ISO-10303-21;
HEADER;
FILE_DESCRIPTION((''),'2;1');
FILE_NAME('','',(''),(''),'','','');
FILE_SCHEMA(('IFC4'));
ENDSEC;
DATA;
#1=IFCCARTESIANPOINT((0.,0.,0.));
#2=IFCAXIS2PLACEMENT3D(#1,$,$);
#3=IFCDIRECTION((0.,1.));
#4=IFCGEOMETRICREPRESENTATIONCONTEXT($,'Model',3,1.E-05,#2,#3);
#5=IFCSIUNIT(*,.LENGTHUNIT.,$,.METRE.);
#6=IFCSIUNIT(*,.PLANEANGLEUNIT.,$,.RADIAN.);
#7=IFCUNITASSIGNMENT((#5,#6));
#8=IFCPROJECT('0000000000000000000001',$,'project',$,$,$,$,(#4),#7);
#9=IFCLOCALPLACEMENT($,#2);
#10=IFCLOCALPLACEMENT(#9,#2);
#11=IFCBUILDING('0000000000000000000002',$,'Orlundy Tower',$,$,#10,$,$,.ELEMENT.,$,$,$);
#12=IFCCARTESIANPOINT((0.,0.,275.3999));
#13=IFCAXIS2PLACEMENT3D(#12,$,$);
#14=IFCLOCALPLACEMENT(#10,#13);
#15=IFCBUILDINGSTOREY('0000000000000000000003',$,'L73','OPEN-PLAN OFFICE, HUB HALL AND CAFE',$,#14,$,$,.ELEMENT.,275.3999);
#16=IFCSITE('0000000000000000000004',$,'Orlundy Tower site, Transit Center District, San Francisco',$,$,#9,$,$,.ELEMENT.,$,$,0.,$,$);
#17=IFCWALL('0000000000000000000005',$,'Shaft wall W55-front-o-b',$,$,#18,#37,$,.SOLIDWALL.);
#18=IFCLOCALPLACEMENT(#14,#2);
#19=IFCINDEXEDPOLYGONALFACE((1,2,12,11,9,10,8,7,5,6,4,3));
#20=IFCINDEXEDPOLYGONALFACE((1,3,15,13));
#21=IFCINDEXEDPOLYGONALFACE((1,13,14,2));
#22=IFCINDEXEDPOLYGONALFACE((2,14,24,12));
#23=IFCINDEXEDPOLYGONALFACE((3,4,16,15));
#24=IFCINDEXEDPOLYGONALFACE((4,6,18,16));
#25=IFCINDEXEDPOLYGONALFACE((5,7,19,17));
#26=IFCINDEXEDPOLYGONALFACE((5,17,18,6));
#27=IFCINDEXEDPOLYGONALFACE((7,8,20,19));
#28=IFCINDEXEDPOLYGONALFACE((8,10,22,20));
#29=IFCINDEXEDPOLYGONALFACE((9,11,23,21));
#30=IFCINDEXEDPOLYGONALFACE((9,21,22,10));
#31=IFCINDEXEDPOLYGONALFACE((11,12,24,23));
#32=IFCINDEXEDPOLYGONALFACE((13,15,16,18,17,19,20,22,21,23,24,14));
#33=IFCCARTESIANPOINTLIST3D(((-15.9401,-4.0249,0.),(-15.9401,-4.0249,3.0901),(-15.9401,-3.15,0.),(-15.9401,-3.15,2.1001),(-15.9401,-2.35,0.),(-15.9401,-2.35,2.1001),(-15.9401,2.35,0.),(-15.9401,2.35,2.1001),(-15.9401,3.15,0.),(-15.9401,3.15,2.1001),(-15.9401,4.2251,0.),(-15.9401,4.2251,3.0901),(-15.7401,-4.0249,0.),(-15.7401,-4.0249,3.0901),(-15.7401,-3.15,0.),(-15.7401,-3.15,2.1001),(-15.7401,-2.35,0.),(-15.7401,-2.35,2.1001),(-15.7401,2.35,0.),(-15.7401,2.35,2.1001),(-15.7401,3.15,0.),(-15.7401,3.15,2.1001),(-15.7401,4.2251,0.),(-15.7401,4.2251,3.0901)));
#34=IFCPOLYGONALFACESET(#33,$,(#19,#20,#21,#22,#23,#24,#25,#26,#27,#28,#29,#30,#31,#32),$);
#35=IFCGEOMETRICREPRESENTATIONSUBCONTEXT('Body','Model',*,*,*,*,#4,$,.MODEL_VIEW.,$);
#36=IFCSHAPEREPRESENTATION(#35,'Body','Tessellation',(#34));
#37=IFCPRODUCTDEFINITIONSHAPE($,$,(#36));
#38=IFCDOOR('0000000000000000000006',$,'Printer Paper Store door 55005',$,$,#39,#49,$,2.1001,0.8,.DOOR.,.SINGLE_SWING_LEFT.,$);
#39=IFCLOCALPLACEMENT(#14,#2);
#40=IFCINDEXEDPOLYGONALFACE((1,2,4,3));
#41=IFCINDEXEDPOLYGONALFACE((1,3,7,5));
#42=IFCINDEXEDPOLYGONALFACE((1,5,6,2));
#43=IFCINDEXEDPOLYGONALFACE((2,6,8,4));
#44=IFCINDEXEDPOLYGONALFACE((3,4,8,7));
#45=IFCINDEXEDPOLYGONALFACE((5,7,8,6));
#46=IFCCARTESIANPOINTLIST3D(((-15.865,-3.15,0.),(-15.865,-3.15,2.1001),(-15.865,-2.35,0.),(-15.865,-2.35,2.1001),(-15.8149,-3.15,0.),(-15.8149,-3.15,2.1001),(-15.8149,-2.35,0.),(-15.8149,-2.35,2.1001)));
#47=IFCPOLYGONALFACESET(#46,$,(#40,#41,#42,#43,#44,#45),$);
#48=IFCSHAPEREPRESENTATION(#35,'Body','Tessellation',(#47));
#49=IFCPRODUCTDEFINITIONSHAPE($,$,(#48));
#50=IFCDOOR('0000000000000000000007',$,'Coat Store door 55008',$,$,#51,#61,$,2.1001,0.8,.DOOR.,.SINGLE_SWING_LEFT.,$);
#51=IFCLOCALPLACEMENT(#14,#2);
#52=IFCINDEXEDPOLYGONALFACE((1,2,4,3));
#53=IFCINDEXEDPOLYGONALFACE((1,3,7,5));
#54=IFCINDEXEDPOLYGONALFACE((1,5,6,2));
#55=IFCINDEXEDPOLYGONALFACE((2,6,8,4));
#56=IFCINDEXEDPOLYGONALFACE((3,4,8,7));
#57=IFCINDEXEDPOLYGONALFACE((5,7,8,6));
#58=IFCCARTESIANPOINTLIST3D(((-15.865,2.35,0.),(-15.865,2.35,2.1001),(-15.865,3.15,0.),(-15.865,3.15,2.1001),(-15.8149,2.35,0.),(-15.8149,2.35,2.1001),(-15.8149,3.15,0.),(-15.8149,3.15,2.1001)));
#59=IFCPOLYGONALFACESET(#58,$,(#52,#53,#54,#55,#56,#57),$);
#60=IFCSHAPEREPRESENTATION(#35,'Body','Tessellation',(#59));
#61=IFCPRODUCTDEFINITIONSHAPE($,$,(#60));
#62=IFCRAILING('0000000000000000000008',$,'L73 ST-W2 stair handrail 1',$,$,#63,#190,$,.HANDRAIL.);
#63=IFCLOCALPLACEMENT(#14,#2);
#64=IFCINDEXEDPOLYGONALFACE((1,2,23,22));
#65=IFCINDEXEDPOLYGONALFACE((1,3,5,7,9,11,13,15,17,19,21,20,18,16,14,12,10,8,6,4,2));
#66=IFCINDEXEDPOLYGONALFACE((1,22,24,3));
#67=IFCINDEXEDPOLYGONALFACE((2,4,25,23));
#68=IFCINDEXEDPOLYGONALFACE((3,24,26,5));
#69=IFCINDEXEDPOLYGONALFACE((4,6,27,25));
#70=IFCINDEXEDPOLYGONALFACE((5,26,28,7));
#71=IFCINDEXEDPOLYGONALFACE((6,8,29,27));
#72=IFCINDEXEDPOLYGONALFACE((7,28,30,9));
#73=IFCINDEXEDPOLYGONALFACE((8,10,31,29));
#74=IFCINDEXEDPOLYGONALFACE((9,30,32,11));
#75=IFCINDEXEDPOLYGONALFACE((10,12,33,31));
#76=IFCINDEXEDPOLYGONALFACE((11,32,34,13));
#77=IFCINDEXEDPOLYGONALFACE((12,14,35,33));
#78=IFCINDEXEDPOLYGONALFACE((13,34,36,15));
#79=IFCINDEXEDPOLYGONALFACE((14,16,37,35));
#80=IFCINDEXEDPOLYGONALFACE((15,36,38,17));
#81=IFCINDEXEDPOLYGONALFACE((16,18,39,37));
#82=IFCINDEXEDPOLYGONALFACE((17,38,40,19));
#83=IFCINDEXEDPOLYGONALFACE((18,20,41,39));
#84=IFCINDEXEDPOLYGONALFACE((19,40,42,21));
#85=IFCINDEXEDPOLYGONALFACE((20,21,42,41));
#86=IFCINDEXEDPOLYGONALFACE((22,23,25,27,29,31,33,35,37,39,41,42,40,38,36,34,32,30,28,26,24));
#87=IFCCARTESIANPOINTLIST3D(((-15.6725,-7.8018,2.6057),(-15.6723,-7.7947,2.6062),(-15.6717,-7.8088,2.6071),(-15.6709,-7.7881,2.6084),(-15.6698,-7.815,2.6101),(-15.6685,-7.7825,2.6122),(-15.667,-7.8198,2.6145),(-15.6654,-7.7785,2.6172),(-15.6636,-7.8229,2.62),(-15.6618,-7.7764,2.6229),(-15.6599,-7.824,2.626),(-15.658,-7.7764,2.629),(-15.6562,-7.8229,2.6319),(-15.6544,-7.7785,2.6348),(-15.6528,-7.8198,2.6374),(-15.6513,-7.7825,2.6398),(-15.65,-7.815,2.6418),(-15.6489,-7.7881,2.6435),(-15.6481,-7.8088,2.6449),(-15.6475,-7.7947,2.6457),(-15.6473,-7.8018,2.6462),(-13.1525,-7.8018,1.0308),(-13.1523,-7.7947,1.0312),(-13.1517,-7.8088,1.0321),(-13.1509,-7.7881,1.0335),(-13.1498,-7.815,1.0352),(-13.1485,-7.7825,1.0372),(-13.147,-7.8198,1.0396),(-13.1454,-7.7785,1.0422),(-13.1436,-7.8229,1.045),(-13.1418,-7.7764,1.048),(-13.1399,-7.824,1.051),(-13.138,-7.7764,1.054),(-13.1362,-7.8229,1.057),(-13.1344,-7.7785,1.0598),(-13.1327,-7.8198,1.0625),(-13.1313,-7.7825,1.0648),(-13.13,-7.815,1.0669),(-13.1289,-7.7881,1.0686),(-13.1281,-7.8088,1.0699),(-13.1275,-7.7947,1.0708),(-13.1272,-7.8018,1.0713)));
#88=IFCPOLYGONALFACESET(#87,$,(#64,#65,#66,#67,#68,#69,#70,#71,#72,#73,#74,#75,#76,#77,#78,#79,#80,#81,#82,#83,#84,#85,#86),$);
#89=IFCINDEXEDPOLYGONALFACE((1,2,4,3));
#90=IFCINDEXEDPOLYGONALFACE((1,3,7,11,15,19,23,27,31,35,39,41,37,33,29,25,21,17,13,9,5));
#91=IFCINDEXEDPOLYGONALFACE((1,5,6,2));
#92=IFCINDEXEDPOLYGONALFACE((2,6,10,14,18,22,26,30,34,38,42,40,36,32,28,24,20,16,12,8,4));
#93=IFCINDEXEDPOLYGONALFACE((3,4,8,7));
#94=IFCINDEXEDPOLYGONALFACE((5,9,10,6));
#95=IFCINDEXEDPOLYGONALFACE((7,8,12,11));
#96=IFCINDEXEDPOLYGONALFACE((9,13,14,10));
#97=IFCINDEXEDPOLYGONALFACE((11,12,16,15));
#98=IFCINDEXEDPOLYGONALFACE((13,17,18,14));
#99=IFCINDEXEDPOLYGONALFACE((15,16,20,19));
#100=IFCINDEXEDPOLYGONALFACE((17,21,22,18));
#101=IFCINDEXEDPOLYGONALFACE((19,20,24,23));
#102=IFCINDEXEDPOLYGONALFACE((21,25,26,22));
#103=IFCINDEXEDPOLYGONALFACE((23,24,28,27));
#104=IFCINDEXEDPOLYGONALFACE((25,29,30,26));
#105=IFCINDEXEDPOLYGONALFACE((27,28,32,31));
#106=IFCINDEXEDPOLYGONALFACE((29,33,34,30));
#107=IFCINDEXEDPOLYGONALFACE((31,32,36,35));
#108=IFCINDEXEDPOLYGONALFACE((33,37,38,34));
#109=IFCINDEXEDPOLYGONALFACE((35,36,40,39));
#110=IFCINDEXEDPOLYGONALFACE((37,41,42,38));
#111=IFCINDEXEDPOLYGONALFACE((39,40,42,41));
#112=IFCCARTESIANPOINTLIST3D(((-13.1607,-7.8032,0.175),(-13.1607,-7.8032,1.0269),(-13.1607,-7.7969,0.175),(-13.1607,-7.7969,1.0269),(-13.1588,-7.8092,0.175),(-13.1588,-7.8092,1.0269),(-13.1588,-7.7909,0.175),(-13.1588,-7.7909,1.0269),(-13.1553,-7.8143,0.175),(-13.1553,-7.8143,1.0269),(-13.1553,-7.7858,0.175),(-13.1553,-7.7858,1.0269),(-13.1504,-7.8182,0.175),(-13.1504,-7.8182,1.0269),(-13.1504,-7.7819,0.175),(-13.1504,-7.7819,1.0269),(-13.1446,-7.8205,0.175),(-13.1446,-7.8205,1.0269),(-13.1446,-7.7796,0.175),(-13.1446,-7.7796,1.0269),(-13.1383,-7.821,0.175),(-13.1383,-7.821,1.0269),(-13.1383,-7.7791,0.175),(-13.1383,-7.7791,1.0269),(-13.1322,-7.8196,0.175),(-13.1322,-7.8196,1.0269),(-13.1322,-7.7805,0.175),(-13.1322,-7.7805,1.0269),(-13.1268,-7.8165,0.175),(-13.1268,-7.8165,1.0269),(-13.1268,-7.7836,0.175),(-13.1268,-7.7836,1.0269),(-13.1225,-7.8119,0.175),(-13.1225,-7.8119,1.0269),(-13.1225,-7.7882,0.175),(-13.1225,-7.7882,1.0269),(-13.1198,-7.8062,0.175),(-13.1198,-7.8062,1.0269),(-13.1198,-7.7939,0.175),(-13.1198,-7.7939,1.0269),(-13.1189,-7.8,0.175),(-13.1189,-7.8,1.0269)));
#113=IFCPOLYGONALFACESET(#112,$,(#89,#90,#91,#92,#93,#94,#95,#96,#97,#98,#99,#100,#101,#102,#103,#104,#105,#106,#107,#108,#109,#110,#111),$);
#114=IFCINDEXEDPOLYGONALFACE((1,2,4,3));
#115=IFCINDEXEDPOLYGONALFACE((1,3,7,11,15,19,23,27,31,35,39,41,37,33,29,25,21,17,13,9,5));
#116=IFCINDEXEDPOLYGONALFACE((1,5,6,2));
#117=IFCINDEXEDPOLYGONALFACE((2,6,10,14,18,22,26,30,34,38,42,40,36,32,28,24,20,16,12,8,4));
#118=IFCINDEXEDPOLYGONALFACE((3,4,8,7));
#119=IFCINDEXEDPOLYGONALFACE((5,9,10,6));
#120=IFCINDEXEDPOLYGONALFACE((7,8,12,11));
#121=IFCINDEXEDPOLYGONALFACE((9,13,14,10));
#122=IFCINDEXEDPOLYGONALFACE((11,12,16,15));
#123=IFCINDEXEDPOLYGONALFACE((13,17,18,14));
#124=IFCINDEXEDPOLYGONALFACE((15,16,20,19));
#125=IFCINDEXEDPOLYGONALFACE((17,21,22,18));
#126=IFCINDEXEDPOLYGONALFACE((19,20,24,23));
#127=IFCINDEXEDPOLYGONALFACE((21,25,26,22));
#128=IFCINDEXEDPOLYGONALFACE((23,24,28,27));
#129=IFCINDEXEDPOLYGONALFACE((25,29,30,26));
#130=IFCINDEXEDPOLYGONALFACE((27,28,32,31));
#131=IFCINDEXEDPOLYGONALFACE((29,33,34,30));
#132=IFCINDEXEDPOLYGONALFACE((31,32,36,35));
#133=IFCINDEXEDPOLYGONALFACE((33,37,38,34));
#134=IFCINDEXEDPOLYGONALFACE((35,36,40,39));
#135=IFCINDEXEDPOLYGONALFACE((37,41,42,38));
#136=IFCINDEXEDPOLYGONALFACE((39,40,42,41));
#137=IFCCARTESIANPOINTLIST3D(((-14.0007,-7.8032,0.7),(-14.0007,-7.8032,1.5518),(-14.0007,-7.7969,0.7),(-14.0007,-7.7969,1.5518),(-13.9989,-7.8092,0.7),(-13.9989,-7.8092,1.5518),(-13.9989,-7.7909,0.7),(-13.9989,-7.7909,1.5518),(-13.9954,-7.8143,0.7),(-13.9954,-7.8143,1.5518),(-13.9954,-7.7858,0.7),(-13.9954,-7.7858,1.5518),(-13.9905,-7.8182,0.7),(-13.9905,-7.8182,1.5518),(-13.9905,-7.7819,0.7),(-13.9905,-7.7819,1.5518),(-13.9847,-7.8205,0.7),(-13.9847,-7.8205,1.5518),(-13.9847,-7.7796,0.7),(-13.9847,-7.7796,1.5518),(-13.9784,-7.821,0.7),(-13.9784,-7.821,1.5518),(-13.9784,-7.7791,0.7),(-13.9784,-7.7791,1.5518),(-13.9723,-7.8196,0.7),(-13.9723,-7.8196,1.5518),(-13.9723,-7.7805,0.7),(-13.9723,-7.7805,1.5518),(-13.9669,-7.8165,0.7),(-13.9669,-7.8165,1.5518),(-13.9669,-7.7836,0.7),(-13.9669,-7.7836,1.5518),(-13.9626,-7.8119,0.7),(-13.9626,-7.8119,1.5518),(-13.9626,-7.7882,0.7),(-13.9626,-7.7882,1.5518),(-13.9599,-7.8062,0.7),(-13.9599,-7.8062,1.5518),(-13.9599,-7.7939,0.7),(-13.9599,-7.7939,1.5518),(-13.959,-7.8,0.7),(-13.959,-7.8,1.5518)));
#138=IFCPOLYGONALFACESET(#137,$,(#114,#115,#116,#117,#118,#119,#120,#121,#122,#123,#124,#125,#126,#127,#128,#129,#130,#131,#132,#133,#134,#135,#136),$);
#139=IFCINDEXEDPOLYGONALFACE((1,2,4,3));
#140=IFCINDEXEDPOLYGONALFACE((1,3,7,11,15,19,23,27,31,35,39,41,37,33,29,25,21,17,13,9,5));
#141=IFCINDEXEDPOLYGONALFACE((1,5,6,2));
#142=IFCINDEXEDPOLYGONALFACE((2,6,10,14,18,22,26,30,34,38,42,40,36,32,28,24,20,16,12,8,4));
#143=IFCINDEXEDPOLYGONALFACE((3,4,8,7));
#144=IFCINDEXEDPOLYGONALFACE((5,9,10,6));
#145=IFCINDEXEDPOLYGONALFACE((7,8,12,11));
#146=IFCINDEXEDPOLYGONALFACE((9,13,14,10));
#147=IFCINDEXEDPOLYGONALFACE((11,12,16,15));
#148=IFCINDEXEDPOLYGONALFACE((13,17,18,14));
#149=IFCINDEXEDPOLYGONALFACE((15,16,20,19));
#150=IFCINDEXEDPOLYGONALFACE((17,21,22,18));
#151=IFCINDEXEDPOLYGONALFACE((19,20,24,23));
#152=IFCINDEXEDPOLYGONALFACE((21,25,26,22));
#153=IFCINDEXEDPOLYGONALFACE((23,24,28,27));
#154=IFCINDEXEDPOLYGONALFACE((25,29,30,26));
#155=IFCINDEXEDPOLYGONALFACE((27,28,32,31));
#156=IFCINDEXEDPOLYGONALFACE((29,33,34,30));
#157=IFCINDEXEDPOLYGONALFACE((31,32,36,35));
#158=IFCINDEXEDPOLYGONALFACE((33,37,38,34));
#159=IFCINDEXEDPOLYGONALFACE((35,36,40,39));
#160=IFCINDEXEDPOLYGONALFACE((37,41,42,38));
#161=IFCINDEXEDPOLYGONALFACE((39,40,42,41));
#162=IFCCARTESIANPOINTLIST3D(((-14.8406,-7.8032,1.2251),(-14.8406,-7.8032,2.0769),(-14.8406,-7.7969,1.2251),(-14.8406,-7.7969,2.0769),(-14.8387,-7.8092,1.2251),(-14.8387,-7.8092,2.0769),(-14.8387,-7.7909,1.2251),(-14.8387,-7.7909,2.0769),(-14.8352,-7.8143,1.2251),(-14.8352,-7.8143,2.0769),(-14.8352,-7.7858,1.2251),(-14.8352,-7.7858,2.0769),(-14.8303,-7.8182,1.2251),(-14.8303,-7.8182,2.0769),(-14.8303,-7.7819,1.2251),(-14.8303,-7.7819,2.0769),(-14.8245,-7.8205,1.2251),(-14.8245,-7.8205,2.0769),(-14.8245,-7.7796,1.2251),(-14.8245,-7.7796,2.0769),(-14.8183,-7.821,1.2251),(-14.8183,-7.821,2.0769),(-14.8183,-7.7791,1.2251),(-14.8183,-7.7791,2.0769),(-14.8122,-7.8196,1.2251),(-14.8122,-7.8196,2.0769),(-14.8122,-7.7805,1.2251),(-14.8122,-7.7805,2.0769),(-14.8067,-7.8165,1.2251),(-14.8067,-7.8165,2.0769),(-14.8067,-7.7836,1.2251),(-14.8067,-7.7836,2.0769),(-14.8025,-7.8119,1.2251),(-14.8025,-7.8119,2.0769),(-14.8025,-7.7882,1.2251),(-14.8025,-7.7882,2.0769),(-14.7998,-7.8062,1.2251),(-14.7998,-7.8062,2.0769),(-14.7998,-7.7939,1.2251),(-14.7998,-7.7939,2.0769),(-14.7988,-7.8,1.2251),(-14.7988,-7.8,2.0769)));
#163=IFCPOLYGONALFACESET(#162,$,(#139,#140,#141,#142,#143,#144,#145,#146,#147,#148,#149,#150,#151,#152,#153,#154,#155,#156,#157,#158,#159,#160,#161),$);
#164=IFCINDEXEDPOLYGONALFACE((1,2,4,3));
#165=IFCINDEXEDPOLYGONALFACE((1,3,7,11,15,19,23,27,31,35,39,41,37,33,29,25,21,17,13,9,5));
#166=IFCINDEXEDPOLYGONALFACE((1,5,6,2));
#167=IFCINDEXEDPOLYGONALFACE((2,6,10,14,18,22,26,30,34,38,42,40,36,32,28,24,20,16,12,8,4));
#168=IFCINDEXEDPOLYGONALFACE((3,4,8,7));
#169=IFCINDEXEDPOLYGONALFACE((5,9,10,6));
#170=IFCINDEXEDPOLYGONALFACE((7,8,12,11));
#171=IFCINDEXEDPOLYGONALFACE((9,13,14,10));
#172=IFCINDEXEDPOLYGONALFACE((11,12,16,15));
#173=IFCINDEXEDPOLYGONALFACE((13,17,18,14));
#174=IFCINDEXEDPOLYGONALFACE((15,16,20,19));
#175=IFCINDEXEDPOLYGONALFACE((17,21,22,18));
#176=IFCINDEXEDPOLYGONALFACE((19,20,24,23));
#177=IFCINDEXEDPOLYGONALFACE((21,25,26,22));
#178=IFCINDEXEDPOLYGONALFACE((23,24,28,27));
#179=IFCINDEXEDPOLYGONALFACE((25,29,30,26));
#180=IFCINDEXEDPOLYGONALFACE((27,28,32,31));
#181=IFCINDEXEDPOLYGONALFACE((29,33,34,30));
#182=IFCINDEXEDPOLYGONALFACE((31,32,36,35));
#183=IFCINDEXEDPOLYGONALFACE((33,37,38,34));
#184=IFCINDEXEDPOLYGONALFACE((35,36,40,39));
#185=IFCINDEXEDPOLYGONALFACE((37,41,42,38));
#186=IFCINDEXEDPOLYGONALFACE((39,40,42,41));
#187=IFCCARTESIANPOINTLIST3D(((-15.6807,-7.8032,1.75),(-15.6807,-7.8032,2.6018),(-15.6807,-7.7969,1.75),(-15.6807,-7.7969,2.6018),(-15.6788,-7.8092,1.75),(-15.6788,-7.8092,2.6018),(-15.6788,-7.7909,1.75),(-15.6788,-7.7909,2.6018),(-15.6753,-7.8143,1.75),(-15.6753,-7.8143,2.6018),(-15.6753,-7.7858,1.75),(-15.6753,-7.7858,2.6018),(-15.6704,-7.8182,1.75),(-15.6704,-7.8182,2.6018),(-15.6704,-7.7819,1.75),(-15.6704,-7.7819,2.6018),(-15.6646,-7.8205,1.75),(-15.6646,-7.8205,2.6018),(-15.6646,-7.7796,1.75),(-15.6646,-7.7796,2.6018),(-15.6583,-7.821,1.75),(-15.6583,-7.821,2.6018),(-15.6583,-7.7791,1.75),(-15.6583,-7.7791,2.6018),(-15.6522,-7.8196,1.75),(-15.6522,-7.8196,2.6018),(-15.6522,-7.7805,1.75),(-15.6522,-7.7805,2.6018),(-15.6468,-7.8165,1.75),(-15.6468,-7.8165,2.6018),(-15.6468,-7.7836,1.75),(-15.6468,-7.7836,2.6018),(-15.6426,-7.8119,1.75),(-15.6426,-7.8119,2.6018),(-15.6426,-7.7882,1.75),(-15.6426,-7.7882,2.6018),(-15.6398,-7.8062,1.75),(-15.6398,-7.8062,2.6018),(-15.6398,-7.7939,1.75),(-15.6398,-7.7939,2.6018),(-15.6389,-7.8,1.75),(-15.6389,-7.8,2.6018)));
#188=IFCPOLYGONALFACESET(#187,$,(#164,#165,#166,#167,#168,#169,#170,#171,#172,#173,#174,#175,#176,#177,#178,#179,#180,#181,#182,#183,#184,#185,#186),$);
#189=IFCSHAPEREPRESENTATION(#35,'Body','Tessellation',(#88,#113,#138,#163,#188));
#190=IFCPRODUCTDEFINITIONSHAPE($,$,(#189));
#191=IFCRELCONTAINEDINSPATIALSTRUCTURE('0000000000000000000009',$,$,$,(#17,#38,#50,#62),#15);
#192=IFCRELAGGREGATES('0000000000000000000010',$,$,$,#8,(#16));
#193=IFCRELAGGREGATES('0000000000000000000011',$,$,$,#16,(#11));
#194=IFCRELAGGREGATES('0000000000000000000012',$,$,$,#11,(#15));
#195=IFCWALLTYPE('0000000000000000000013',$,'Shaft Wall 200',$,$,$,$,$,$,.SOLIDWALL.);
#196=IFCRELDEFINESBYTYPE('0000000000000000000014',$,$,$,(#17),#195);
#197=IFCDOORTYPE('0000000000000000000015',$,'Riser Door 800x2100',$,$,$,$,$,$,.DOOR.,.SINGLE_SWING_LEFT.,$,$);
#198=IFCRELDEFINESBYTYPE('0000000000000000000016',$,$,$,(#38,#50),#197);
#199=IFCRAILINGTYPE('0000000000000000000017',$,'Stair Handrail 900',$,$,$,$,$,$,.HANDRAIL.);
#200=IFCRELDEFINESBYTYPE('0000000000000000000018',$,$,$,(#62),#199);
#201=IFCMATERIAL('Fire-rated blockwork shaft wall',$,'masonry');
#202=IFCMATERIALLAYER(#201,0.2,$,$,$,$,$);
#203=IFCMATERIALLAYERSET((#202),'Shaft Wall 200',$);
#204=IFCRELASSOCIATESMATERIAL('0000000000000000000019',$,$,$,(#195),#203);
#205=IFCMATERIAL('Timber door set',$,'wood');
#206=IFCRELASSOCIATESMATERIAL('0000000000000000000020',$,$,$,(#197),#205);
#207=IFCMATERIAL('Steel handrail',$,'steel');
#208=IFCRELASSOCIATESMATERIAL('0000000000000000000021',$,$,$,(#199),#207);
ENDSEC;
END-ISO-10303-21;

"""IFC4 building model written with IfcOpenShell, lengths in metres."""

from ifc_helpers import new_model, si_unit, direction, frame, frame_2d, origin, origin_2d, place, context, subcontext, project, spatial, rectangle, circle, extrude, material, layer, layer_set, type_object, element, fill, save


model = new_model("IFC4")

# Units and contexts
model_context = context("Model", 3, precision=1e-05, world=origin(), true_north=direction((0.0, 1.0)))
body_context = subcontext(model_context, "Body", "Model", "MODEL_VIEW")
ifc_project = project(units=[si_unit("LENGTHUNIT", "METRE"), si_unit("PLANEANGLEUNIT", "RADIAN")], contexts=[model_context])

# Site, building, storey
site_placement = place(None, origin())
site = spatial("IfcSite", under=ifc_project, at=site_placement, Name="Orlundy Tower site, Transit Center District, San Francisco", CompositionType="ELEMENT", RefElevation=0.0)
building_placement = place(site_placement, origin())
building = spatial("IfcBuilding", under=site, at=building_placement, Name="Orlundy Tower", CompositionType="ELEMENT")
storey_placement = place(building_placement, frame((0.0, 0.0, 275.3999)))
storey = spatial("IfcBuildingStorey", under=building, at=storey_placement, Name="L73", Description="OPEN-PLAN OFFICE, HUB HALL AND CAFE", CompositionType="ELEMENT", Elevation=275.3999)

# Shared definitions
ifc_material_1 = material(Name="Fire-rated blockwork shaft wall", Category="masonry")
ifc_layer_1 = layer(ifc_material_1, 0.2)
ifc_layer_set_1 = layer_set([ifc_layer_1], Name="Shaft Wall 200")
wall_type_1 = type_object("IfcWallType", Name="Shaft Wall 200", PredefinedType="SOLIDWALL", material=ifc_layer_set_1)

# Shared definitions
ifc_material_2 = material(Name="Timber door set", Category="wood")
door_type_1 = type_object("IfcDoorType", Name="Riser Door 800x2100", OperationType="SINGLE_SWING_LEFT", PredefinedType="DOOR", material=ifc_material_2)

# Wall, openings, doors
wall_1_placement = place(storey_placement, frame((-15.8401, -4.0249, 0.0), z_axis=(0.0, 0.0, 1.0), x_axis=(0.0, 1.0, 0.0)))
wall_1 = element("IfcWall", 1, at=wall_1_placement, inside=storey, type_object=wall_type_1, Name="Shaft wall W55-front-o-b", PredefinedType="SOLIDWALL", context=body_context, shape_type="SweptSolid", body=[
    extrude(rectangle(XDim=8.25, YDim=0.2, at=frame_2d((4.125, 0.0))), origin(), (0.0, 0.0, 1.0), 3.0901),
])
opening_1_placement = place(wall_1_placement, frame((0.875, 0.0, 0.0)))
opening_1 = element("IfcOpeningElement", 2, at=opening_1_placement, cuts=wall_1, PredefinedType="OPENING", context=body_context, shape_type="SweptSolid", body=[
    extrude(rectangle(XDim=0.8, YDim=2.1001, at=frame_2d((0.3999, 1.05))), frame((0.0, 0.1101, 0.0), z_axis=(0.0, -1.0, 0.0), x_axis=(1.0, 0.0, 0.0)), (0.0, 0.0, 1.0), 0.2202),
])
opening_2_placement = place(wall_1_placement, frame((6.375, 0.0, 0.0)))
opening_2 = element("IfcOpeningElement", 3, at=opening_2_placement, cuts=wall_1, PredefinedType="OPENING", context=body_context, shape_type="SweptSolid", body=[
    extrude(rectangle(XDim=0.8, YDim=2.1001, at=frame_2d((0.3999, 1.05))), frame((0.0, 0.1101, 0.0), z_axis=(0.0, -1.0, 0.0), x_axis=(1.0, 0.0, 0.0)), (0.0, 0.0, 1.0), 0.2202),
])
door_1_placement = place(opening_1_placement, origin())
door_1 = element("IfcDoor", 4, at=door_1_placement, inside=storey, type_object=door_type_1, Name="Printer Paper Store door 55005", OperationType="SINGLE_SWING_LEFT", OverallHeight=2.1001, OverallWidth=0.8, PredefinedType="DOOR", context=body_context, shape_type="SweptSolid", body=[
    extrude(rectangle(XDim=0.8, YDim=2.1001, at=frame_2d((0.3999, 1.05))), frame((0.0, 0.0249, 0.0), z_axis=(0.0, -1.0, 0.0), x_axis=(1.0, 0.0, 0.0)), (0.0, 0.0, 1.0), 0.05),
])
fill(opening_1, door_1)
door_2_placement = place(opening_2_placement, origin())
door_2 = element("IfcDoor", 5, at=door_2_placement, inside=storey, type_object=door_type_1, Name="Coat Store door 55008", OperationType="SINGLE_SWING_LEFT", OverallHeight=2.1001, OverallWidth=0.8, PredefinedType="DOOR", context=body_context, shape_type="SweptSolid", body=[
    extrude(rectangle(XDim=0.8, YDim=2.1001, at=frame_2d((0.3999, 1.05))), frame((0.0, 0.0249, 0.0), z_axis=(0.0, -1.0, 0.0), x_axis=(1.0, 0.0, 0.0)), (0.0, 0.0, 1.0), 0.05),
])
fill(opening_2, door_2)

# Railing
ifc_material_3 = material(Name="Steel handrail", Category="steel")
railing_type = type_object("IfcRailingType", Name="Stair Handrail 900", PredefinedType="HANDRAIL", material=ifc_material_3)
railing_placement = place(storey_placement, frame((-13.1399, -7.8, 0.175)))
element("IfcRailing", 6, at=railing_placement, inside=storey, type_object=railing_type, Name="L73 ST-W2 stair handrail 1", PredefinedType="HANDRAIL", context=body_context, shape_type="SweptSolid", body=[
    extrude(circle(Radius=0.0239, at=origin_2d()), frame((0.0, 0.0, 0.876), z_axis=(-0.848008, 0.0, 0.529984), x_axis=(0.0, -1.0, 0.0)), (0.0, 0.0, 1.0), 2.9717),
    extrude(circle(Radius=0.021, at=origin_2d()), origin(), (0.0, 0.0, 1.0), 0.8518),
    extrude(circle(Radius=0.021, at=origin_2d()), frame((-0.8401, 0.0, 0.5249)), (0.0, 0.0, 1.0), 0.8518),
    extrude(circle(Radius=0.021, at=origin_2d()), frame((-1.6799, 0.0, 1.05)), (0.0, 0.0, 1.0), 0.8518),
    extrude(circle(Radius=0.021, at=origin_2d()), frame((-2.52, 0.0, 1.575)), (0.0, 0.0, 1.0), 0.8518),
])

save(model, "model.ifc")
